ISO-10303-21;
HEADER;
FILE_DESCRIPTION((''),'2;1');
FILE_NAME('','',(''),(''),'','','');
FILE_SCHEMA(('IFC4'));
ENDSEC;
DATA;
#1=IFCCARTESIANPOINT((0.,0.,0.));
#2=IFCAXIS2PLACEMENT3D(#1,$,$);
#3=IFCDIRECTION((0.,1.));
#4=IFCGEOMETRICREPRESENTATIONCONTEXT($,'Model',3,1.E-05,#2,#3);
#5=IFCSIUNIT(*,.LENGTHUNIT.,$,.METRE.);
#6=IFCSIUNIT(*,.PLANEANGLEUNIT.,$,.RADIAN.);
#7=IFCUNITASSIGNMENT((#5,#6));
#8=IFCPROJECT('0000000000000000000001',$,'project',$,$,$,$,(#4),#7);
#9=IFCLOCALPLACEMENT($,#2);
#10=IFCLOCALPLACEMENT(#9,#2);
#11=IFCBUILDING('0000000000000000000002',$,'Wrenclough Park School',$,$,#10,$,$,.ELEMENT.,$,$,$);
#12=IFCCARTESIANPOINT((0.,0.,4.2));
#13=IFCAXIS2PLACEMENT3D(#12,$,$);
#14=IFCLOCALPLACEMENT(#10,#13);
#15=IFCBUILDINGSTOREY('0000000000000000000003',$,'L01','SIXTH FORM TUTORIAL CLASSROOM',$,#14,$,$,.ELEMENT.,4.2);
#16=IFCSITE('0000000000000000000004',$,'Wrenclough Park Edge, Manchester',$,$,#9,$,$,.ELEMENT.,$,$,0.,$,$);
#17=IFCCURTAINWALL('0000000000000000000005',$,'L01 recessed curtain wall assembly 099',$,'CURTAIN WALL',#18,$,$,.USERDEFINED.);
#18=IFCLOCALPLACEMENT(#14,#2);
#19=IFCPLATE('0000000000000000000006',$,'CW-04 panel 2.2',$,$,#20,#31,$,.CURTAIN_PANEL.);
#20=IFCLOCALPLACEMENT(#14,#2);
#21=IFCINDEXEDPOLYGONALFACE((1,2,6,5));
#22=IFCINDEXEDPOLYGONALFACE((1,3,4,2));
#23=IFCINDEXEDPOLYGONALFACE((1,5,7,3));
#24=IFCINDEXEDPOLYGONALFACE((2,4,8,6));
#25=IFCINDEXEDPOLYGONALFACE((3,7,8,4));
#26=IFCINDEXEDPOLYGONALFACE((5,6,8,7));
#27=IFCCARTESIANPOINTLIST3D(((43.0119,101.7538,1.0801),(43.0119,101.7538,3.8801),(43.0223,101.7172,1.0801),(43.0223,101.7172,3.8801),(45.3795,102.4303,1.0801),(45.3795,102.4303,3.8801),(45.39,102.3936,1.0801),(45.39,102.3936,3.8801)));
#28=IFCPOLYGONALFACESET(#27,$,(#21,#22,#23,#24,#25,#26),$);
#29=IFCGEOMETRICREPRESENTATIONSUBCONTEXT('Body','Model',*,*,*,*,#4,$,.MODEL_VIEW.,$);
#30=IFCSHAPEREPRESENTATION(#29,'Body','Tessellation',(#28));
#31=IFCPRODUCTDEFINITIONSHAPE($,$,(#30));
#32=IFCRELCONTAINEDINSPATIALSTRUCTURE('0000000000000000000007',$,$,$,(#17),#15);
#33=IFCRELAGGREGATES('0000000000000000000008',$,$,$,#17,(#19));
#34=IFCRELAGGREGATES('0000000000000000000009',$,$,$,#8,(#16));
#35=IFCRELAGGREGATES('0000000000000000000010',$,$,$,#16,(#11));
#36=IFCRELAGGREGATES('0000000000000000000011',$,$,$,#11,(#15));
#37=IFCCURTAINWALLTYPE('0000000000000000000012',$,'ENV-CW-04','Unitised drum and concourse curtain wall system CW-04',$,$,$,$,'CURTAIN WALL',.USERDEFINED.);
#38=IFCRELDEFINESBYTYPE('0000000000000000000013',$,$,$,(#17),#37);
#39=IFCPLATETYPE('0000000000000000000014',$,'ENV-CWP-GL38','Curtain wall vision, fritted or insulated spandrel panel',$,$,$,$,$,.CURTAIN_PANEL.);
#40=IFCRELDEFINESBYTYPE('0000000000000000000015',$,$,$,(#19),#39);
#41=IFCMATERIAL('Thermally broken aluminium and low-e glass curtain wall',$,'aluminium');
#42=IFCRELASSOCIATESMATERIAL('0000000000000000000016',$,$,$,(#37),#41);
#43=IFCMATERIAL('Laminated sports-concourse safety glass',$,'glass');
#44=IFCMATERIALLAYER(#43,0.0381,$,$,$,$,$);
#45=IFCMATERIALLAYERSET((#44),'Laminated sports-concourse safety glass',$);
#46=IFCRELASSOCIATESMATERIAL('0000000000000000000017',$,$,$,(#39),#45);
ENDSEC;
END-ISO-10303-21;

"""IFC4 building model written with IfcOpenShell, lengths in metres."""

from ifc_helpers import new_model, si_unit, direction, frame, origin, origin_2d, place, context, subcontext, project, spatial, rectangle, extrude, material, layer, layer_set, type_object, element, aggregate, save


model = new_model("IFC4")

# Units and contexts
model_context = context("Model", 3, precision=1e-05, world=origin(), true_north=direction((0.0, 1.0)))
body_context = subcontext(model_context, "Body", "Model", "MODEL_VIEW")
ifc_project = project(units=[si_unit("LENGTHUNIT", "METRE"), si_unit("PLANEANGLEUNIT", "RADIAN")], contexts=[model_context])

# Site, building, storey
site_placement = place(None, origin())
site = spatial("IfcSite", under=ifc_project, at=site_placement, Name="Wrenclough Park Edge, Manchester", CompositionType="ELEMENT", RefElevation=0.0)
building_placement = place(site_placement, origin())
building = spatial("IfcBuilding", under=site, at=building_placement, Name="Wrenclough Park School", CompositionType="ELEMENT")
storey_placement = place(building_placement, frame((0.0, 0.0, 4.2)))
storey = spatial("IfcBuildingStorey", under=building, at=storey_placement, Name="L01", Description="SIXTH FORM TUTORIAL CLASSROOM", CompositionType="ELEMENT", Elevation=4.2)

# Curtain wall
ifc_material_1 = material(Name="Thermally broken aluminium and low-e glass curtain wall", Category="aluminium")
curtain_wall_type_1 = type_object("IfcCurtainWallType", Name="ENV-CW-04", Description="Unitised drum and concourse curtain wall system CW-04", ElementType="CURTAIN WALL", PredefinedType="USERDEFINED", material=ifc_material_1)
curtain_wall_1_placement = place(storey_placement, origin())
curtain_wall_1 = element("IfcCurtainWall", 1, at=curtain_wall_1_placement, inside=storey, type_object=curtain_wall_type_1, Name="L01 recessed curtain wall assembly 099", ObjectType="CURTAIN WALL", PredefinedType="USERDEFINED")

# Plate
ifc_material_2 = material(Name="Laminated sports-concourse safety glass", Category="glass")
ifc_layer_1 = layer(ifc_material_2, 0.0381)
ifc_layer_set_1 = layer_set([ifc_layer_1], Name="Laminated sports-concourse safety glass")
plate_type_1 = type_object("IfcPlateType", Name="ENV-CWP-GL38", Description="Curtain wall vision, fritted or insulated spandrel panel", PredefinedType="CURTAIN_PANEL", material=ifc_layer_set_1)
plate_1_placement = place(storey_placement, frame((44.2009, 102.0737, 1.0801), z_axis=(0.0, 0.0, 1.0), x_axis=(0.961527, 0.274711, 0.0)))
plate_1 = element("IfcPlate", 2, at=plate_1_placement, type_object=plate_type_1, Name="CW-04 panel 2.2", PredefinedType="CURTAIN_PANEL", context=body_context, shape_type="SweptSolid", body=[
    extrude(rectangle(XDim=2.4624, YDim=0.0381, at=origin_2d()), origin(), (0.0, 0.0, 1.0), 2.8),
])
aggregate(curtain_wall_1, [plate_1])

save(model, "model.ifc")
